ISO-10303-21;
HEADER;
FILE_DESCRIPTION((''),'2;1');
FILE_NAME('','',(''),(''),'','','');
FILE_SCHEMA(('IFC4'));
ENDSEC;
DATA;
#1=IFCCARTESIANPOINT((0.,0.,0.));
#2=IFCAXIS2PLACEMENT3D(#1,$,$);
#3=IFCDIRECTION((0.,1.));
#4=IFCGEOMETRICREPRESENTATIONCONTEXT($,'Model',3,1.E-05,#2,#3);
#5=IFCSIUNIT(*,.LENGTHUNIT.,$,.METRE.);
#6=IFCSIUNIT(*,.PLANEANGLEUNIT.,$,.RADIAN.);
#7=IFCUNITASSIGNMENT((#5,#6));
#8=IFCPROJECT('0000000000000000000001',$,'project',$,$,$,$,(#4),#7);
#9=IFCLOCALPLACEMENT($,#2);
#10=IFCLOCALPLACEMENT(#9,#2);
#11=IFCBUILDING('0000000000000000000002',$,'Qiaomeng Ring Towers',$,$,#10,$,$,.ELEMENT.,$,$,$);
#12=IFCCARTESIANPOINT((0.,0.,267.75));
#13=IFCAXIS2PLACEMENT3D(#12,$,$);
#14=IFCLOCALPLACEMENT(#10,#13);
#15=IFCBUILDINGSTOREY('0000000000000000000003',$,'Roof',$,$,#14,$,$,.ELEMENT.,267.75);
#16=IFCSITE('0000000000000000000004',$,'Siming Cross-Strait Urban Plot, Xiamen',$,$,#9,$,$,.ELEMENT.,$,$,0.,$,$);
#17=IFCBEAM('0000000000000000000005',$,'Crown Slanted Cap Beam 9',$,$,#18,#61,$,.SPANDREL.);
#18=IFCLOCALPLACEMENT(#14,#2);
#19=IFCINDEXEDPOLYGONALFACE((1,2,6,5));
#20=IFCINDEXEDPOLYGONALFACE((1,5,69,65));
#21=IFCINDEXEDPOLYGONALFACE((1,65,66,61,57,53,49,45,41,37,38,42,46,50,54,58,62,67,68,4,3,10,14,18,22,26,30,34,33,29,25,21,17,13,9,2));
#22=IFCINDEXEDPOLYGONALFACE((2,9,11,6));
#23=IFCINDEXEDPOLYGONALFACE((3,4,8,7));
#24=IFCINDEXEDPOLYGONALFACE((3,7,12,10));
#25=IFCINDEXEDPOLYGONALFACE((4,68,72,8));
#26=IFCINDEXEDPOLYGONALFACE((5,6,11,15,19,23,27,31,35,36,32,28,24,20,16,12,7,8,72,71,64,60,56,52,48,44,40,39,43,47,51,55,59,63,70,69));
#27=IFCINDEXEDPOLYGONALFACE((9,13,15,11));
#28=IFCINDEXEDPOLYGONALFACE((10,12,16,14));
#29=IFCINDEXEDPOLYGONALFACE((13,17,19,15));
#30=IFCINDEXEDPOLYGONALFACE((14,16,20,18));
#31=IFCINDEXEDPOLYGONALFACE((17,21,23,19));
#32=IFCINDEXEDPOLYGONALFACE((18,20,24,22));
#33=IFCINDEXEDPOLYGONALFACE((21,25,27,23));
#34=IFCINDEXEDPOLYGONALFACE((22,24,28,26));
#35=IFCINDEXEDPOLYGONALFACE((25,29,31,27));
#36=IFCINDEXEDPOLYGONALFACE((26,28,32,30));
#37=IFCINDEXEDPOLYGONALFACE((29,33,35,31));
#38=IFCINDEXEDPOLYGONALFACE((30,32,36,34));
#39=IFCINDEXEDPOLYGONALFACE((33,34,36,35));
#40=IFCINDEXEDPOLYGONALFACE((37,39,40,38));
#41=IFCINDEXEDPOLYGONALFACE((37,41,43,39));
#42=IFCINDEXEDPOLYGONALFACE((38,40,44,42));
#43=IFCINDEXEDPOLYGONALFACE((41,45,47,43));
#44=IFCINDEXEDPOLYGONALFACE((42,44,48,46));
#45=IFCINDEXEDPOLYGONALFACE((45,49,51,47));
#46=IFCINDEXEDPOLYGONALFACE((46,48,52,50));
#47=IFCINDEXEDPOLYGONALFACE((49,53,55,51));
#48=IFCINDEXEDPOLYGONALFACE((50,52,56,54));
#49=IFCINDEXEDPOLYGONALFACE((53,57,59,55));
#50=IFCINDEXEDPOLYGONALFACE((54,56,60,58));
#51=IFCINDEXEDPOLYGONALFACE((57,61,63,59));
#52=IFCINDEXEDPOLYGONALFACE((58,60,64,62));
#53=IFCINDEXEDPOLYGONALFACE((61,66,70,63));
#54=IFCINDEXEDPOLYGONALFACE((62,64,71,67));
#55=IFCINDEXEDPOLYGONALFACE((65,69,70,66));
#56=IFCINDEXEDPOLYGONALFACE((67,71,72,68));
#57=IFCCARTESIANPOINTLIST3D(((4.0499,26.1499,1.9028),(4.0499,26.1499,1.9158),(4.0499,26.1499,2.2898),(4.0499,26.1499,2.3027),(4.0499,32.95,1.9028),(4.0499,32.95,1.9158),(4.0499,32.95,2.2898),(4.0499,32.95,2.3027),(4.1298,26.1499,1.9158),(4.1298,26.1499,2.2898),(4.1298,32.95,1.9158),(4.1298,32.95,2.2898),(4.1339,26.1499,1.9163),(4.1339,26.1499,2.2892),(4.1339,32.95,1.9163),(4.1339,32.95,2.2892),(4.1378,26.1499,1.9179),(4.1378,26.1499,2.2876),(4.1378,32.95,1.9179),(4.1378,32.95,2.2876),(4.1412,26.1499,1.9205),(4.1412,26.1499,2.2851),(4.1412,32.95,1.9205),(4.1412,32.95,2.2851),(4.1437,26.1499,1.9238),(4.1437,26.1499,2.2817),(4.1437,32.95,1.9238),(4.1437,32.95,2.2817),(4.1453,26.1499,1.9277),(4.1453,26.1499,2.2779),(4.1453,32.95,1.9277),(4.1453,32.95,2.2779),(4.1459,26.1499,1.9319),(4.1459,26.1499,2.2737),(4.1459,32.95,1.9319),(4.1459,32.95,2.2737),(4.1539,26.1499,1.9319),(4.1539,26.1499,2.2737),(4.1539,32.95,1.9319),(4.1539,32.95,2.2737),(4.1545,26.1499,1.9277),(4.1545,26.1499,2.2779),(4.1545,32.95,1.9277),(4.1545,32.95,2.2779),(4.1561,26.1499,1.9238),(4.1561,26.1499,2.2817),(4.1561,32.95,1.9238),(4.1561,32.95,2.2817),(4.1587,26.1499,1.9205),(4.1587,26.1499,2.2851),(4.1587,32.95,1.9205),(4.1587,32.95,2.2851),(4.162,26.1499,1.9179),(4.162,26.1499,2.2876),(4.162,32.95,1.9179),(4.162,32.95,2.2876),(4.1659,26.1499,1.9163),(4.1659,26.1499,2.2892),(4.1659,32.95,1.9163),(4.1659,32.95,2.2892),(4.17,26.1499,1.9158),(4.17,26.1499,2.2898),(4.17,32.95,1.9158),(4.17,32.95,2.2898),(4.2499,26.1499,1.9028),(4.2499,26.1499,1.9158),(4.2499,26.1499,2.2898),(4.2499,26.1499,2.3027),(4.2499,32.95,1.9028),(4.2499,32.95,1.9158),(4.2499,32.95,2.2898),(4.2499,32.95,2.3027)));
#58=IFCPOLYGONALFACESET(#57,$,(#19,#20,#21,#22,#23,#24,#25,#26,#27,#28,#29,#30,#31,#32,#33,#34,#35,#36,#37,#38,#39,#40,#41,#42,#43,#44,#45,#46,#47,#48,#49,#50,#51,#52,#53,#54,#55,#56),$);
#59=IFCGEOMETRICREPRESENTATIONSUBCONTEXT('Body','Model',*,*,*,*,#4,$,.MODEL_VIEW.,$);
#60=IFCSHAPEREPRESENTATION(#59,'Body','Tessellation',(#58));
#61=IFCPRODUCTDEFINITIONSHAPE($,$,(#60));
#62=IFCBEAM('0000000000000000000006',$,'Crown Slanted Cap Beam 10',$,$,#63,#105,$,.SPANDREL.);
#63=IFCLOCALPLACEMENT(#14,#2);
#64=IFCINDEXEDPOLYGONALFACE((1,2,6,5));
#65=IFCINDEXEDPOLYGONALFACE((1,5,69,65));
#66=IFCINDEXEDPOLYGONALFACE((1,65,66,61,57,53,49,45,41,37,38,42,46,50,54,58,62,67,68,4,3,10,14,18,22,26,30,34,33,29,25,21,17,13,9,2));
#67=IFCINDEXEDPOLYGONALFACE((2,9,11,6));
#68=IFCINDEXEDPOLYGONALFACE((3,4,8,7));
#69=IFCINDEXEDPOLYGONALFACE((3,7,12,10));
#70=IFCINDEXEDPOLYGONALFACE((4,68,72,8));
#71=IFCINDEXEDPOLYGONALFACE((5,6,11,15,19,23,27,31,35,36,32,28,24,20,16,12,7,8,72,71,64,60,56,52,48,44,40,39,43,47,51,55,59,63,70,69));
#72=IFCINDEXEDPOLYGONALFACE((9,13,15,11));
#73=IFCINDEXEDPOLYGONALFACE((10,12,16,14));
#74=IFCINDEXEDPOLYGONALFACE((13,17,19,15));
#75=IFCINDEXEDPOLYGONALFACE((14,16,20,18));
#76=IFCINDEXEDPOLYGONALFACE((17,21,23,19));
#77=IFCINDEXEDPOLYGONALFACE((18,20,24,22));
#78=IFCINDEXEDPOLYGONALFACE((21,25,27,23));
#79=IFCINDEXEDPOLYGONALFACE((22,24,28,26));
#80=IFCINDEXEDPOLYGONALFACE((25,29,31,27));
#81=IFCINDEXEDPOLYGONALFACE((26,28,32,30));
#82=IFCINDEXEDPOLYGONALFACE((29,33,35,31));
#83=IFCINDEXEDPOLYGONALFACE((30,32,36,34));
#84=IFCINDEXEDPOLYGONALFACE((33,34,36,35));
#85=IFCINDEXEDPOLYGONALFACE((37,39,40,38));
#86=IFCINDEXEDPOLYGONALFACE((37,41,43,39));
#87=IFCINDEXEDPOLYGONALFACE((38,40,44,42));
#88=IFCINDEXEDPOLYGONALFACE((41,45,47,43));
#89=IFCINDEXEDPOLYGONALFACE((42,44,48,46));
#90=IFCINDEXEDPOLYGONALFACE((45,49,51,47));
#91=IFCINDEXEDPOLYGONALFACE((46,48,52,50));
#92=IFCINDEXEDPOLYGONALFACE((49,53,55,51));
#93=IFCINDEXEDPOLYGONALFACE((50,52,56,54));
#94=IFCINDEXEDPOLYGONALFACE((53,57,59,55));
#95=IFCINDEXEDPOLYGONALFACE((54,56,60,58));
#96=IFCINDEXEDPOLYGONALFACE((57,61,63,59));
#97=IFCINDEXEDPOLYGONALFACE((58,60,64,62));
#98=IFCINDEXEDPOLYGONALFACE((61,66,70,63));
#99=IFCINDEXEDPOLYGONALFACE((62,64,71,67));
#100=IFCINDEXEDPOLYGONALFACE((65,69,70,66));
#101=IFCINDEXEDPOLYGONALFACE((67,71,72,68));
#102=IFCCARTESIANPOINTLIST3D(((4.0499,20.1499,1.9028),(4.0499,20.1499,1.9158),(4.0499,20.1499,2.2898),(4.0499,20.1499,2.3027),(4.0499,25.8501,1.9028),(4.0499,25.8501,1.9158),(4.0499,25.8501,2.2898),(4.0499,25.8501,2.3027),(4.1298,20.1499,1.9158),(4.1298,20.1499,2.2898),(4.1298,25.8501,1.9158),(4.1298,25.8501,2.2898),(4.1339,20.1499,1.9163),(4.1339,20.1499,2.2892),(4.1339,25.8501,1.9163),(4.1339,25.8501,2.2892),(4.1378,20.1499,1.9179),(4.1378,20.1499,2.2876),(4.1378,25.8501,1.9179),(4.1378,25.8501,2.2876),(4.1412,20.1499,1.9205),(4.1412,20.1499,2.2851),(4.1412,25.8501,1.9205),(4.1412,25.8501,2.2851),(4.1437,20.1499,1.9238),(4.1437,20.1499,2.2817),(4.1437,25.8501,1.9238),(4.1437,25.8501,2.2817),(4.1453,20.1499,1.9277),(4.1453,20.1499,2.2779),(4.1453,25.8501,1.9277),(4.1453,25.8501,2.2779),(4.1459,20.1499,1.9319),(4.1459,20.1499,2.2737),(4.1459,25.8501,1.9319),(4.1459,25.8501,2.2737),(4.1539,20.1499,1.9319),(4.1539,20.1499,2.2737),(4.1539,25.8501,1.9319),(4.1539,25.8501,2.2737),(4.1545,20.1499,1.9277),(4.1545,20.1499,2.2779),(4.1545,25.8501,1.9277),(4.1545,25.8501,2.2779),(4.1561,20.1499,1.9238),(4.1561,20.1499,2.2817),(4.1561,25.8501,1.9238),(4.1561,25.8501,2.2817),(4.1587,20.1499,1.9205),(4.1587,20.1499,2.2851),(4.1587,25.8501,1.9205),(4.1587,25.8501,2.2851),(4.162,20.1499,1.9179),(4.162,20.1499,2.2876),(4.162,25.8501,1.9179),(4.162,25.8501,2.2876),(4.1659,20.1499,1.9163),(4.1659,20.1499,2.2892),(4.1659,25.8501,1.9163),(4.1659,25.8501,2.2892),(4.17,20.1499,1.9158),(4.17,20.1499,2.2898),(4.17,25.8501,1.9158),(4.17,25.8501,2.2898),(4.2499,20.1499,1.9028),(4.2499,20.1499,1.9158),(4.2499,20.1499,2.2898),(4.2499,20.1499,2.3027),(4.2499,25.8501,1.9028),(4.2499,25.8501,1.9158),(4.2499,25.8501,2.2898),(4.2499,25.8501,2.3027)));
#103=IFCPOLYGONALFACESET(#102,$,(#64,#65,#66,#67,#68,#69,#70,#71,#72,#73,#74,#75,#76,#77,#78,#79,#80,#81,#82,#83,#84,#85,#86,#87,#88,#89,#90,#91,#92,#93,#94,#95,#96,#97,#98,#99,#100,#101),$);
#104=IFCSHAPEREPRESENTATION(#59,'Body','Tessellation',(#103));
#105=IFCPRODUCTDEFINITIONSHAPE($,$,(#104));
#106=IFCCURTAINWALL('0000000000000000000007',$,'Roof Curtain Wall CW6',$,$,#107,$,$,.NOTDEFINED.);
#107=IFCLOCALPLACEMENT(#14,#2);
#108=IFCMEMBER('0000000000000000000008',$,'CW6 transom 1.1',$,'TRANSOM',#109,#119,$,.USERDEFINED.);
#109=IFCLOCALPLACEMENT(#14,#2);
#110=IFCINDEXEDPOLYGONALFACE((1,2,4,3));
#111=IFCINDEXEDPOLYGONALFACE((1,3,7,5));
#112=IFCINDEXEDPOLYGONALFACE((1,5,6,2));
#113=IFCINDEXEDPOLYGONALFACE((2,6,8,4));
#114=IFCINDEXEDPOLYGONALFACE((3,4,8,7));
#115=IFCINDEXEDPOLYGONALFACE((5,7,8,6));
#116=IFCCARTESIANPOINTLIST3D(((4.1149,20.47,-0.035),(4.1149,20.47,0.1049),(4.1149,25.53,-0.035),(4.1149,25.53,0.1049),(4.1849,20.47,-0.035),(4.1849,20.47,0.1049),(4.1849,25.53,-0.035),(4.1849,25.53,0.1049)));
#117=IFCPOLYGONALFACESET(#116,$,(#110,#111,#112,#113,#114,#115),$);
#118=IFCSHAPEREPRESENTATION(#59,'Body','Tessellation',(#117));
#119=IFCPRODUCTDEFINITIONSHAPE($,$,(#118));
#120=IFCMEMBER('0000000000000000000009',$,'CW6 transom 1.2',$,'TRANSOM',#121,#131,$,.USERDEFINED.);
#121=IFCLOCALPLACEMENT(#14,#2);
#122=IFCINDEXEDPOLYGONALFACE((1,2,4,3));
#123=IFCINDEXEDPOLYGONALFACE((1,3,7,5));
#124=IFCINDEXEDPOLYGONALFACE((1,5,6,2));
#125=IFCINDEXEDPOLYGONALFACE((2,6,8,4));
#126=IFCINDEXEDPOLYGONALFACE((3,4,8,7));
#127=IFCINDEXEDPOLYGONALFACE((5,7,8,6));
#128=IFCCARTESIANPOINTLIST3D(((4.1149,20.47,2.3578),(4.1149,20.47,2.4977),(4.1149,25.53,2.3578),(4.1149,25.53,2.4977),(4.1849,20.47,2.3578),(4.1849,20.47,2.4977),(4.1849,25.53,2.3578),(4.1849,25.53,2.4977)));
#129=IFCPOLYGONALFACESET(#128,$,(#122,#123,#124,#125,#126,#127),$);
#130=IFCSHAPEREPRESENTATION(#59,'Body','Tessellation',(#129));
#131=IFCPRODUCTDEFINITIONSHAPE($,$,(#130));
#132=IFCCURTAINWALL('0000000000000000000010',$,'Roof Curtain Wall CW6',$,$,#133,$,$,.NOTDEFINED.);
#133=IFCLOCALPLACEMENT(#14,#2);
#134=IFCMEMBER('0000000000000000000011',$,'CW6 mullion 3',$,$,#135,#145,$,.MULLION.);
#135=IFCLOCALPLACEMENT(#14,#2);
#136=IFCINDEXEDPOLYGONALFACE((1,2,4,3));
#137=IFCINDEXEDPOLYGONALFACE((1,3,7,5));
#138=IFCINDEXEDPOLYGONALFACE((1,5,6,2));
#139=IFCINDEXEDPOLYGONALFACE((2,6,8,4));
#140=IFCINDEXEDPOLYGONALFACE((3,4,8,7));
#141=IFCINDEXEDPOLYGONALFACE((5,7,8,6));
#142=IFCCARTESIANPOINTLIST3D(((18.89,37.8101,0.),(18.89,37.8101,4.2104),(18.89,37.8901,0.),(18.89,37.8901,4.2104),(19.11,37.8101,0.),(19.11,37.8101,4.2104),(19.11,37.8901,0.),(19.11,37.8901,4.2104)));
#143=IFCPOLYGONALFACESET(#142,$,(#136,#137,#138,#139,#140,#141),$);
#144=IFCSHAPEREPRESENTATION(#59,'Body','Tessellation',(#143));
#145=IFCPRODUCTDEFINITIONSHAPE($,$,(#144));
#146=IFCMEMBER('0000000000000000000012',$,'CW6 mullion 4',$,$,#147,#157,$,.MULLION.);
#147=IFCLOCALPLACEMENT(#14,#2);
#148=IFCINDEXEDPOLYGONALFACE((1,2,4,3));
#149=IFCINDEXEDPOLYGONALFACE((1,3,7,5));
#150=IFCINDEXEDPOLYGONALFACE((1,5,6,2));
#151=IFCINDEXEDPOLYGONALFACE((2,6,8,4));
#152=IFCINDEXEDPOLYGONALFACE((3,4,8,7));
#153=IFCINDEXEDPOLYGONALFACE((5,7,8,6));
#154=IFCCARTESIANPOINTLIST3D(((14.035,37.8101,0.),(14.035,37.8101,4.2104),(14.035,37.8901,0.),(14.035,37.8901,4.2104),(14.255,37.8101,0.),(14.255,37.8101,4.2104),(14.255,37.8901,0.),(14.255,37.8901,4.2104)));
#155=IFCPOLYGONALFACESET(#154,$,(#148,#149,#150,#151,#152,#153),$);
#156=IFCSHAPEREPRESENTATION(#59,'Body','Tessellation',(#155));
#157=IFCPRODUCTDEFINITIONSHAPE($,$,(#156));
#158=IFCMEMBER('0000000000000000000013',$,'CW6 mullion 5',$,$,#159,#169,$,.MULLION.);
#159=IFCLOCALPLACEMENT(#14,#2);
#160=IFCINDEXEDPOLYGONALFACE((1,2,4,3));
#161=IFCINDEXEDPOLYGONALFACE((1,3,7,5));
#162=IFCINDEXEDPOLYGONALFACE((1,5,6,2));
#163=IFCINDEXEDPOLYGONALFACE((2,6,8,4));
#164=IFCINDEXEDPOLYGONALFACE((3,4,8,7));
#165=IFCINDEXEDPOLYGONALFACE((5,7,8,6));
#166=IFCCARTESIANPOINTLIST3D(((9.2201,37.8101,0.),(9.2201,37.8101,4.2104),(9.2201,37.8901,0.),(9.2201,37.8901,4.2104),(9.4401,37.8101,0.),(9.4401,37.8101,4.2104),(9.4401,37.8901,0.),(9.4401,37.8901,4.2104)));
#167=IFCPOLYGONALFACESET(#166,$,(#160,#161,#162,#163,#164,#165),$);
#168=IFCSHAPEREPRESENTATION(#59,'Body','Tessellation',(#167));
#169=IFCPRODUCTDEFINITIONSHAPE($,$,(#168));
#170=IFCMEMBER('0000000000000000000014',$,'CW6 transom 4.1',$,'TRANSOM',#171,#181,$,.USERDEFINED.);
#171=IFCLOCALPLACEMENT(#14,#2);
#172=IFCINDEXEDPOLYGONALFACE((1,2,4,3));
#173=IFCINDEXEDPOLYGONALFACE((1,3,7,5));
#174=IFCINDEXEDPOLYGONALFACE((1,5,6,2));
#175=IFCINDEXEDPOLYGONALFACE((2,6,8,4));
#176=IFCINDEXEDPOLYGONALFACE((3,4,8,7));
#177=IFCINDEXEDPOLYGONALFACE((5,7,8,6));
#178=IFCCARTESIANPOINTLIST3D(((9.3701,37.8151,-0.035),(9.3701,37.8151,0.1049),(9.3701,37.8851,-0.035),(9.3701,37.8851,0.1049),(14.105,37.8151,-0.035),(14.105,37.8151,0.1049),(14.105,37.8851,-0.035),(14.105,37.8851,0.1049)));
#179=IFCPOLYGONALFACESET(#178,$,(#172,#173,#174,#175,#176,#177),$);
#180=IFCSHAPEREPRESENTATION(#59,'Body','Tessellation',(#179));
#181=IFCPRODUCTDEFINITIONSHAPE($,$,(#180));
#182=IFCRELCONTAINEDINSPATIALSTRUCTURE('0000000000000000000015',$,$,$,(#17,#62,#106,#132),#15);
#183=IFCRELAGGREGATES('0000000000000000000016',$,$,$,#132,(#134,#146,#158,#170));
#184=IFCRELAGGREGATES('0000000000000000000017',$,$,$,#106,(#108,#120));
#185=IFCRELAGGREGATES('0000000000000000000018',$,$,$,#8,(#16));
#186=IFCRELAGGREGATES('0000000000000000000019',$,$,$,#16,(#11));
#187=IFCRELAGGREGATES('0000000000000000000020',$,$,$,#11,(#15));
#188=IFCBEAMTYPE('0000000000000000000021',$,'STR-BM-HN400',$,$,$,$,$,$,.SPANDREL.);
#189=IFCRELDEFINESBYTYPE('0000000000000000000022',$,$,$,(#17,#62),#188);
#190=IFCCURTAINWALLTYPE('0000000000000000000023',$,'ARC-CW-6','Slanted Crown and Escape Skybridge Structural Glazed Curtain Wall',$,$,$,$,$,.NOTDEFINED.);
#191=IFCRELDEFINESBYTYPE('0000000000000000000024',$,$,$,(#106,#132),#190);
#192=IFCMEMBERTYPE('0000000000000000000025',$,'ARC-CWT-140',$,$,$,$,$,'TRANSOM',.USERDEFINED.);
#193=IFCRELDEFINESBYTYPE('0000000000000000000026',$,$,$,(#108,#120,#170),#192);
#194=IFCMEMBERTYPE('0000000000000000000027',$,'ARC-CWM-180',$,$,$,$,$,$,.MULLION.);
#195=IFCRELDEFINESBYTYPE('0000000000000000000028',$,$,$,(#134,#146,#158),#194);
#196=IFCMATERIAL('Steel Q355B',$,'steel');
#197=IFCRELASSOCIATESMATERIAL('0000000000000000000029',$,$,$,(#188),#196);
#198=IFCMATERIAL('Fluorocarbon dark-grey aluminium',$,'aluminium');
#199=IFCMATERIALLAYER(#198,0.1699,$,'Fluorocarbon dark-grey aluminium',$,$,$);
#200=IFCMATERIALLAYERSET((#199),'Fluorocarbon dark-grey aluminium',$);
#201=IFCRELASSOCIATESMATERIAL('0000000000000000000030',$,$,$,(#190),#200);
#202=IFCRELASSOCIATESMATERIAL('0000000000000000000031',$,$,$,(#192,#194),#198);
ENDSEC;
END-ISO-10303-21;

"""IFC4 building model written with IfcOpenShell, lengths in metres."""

from ifc_helpers import new_model, si_unit, direction, frame, origin, origin_2d, place, context, subcontext, project, spatial, rectangle, i_section, extrude, source, transform, mapped, material, layer, layer_set, material_profile, profile_set, type_object, element, aggregate, save


model = new_model("IFC4")

# Units and contexts
model_context = context("Model", 3, precision=1e-05, world=origin(), true_north=direction((0.0, 1.0)))
body_context = subcontext(model_context, "Body", "Model", "MODEL_VIEW")
ifc_project = project(units=[si_unit("LENGTHUNIT", "METRE"), si_unit("PLANEANGLEUNIT", "RADIAN")], contexts=[model_context])

# Site, building, storey
site_placement = place(None, origin())
site = spatial("IfcSite", under=ifc_project, at=site_placement, Name="Siming Cross-Strait Urban Plot, Xiamen", CompositionType="ELEMENT", RefElevation=0.0)
building_placement = place(site_placement, origin())
building = spatial("IfcBuilding", under=site, at=building_placement, Name="Qiaomeng Ring Towers", CompositionType="ELEMENT")
storey_placement = place(building_placement, frame((0.0, 0.0, 267.75)))
storey = spatial("IfcBuildingStorey", under=building, at=storey_placement, Name="Roof", CompositionType="ELEMENT", Elevation=267.75)

# Shared definitions
ifc_material_1 = material(Name="Steel Q355B", Category="steel")

# Beams
ifc_material_profile_1 = material_profile(ifc_material_1, i_section(OverallWidth=0.2, OverallDepth=0.3999, WebThickness=0.0081, FlangeThickness=0.0129, FilletRadius=0.0161, at=origin_2d()), Name="HN 400x200x8x13")
ifc_profile_set_1 = profile_set([ifc_material_profile_1], Name="Steel Q355B")
beam_type = type_object("IfcBeamType", Name="STR-BM-HN400", PredefinedType="SPANDREL", material=ifc_profile_set_1)
shared_shape_1 = source(origin(), body_context, "Body", "SweptSolid", [
    extrude(i_section(OverallWidth=0.2, OverallDepth=0.3999, WebThickness=0.0081, FlangeThickness=0.0129, FilletRadius=0.0161, at=origin_2d()), origin(), (0.0, 0.0, 1.0), 6.8),
])
beam_1_placement = place(storey_placement, frame((4.1499, 32.95, 2.1028), z_axis=(0.0, -1.0, 0.0), x_axis=(1.0, 0.0, 0.0)))
element("IfcBeam", 1, at=beam_1_placement, inside=storey, type_object=beam_type, Name="Crown Slanted Cap Beam 9", PredefinedType="SPANDREL", context=body_context, shape_type="MappedRepresentation", body=[
    mapped(shared_shape_1, transform((0.0, 0.0, 0.0), x_axis=(1.0, 0.0, 0.0), y_axis=(0.0, 1.0, 0.0), z_axis=(0.0, 0.0, 1.0), scale=1.0)),
])
shared_shape_2 = source(origin(), body_context, "Body", "SweptSolid", [
    extrude(i_section(OverallWidth=0.2, OverallDepth=0.3999, WebThickness=0.0081, FlangeThickness=0.0129, FilletRadius=0.0161, at=origin_2d()), origin(), (0.0, 0.0, 1.0), 5.7002),
])
beam_2_placement = place(storey_placement, frame((4.1499, 25.8501, 2.1028), z_axis=(0.0, -1.0, 0.0), x_axis=(1.0, 0.0, 0.0)))
element("IfcBeam", 2, at=beam_2_placement, inside=storey, type_object=beam_type, Name="Crown Slanted Cap Beam 10", PredefinedType="SPANDREL", context=body_context, shape_type="MappedRepresentation", body=[
    mapped(shared_shape_2, transform((0.0, 0.0, 0.0), x_axis=(1.0, 0.0, 0.0), y_axis=(0.0, 1.0, 0.0), z_axis=(0.0, 0.0, 1.0), scale=1.0)),
])

# Curtain walls, members
ifc_material_2 = material(Name="Fluorocarbon dark-grey aluminium", Category="aluminium")
ifc_layer_1 = layer(ifc_material_2, 0.1699, Name="Fluorocarbon dark-grey aluminium")
ifc_layer_set_1 = layer_set([ifc_layer_1], Name="Fluorocarbon dark-grey aluminium")
curtain_wall_type = type_object("IfcCurtainWallType", Name="ARC-CW-6", Description="Slanted Crown and Escape Skybridge Structural Glazed Curtain Wall", PredefinedType="NOTDEFINED", material=ifc_layer_set_1)
curtain_wall_1_placement = place(storey_placement, origin())
curtain_wall_1 = element("IfcCurtainWall", 3, at=curtain_wall_1_placement, inside=storey, type_object=curtain_wall_type, Name="Roof Curtain Wall CW6", PredefinedType="NOTDEFINED")
ifc_material_profile_2 = material_profile(ifc_material_2, rectangle(XDim=0.0701, YDim=0.1399, at=origin_2d()), Name="ALU TRAN 70x140")
ifc_profile_set_2 = profile_set([ifc_material_profile_2], Name="Fluorocarbon dark-grey aluminium")
member_type_1 = type_object("IfcMemberType", Name="ARC-CWT-140", ElementType="TRANSOM", PredefinedType="USERDEFINED", material=ifc_profile_set_2)
shared_shape_3 = source(origin(), body_context, "Body", "SweptSolid", [
    extrude(rectangle(XDim=0.0701, YDim=0.1399, at=origin_2d()), origin(), (0.0, 0.0, 1.0), 5.0601),
])
member_1_placement = place(storey_placement, frame((4.1499, 25.53, 0.0349), z_axis=(0.0, -1.0, 0.0), x_axis=(1.0, 0.0, 0.0)))
member_1 = element("IfcMember", 4, at=member_1_placement, type_object=member_type_1, Name="CW6 transom 1.1", ObjectType="TRANSOM", PredefinedType="USERDEFINED", context=body_context, shape_type="MappedRepresentation", body=[
    mapped(shared_shape_3, transform((0.0, 0.0, 0.0), x_axis=(1.0, 0.0, 0.0), y_axis=(0.0, 1.0, 0.0), z_axis=(0.0, 0.0, 1.0), scale=1.0)),
])
member_2_placement = place(storey_placement, frame((4.1499, 25.53, 2.4277), z_axis=(0.0, -1.0, 0.0), x_axis=(1.0, 0.0, 0.0)))
member_2 = element("IfcMember", 5, at=member_2_placement, type_object=member_type_1, Name="CW6 transom 1.2", ObjectType="TRANSOM", PredefinedType="USERDEFINED", context=body_context, shape_type="MappedRepresentation", body=[
    mapped(shared_shape_3, transform((0.0, 0.0, 0.0), x_axis=(1.0, 0.0, 0.0), y_axis=(0.0, 1.0, 0.0), z_axis=(0.0, 0.0, 1.0), scale=1.0)),
])
curtain_wall_2_placement = place(storey_placement, origin())
curtain_wall_2 = element("IfcCurtainWall", 6, at=curtain_wall_2_placement, inside=storey, type_object=curtain_wall_type, Name="Roof Curtain Wall CW6", PredefinedType="NOTDEFINED")
ifc_material_profile_3 = material_profile(ifc_material_2, rectangle(XDim=0.0801, YDim=0.22, at=origin_2d()), Name="ALU MULL 80x220")
ifc_profile_set_3 = profile_set([ifc_material_profile_3], Name="Fluorocarbon dark-grey aluminium")
member_type_2 = type_object("IfcMemberType", Name="ARC-CWM-180", PredefinedType="MULLION", material=ifc_profile_set_3)
shared_shape_4 = source(origin(), body_context, "Body", "SweptSolid", [
    extrude(rectangle(XDim=0.0801, YDim=0.22, at=origin_2d()), origin(), (0.0, 0.0, 1.0), 4.2104),
])
member_3_placement = place(storey_placement, frame((19.0, 37.8501, 0.0), z_axis=(0.0, 0.0, 1.0), x_axis=(0.0, -1.0, 0.0)))
member_3 = element("IfcMember", 7, at=member_3_placement, type_object=member_type_2, Name="CW6 mullion 3", PredefinedType="MULLION", context=body_context, shape_type="MappedRepresentation", body=[
    mapped(shared_shape_4, transform((0.0, 0.0, 0.0), x_axis=(1.0, 0.0, 0.0), y_axis=(0.0, 1.0, 0.0), z_axis=(0.0, 0.0, 1.0), scale=1.0)),
])
member_4_placement = place(storey_placement, frame((14.145, 37.8501, 0.0), z_axis=(0.0, 0.0, 1.0), x_axis=(0.0, -1.0, 0.0)))
member_4 = element("IfcMember", 8, at=member_4_placement, type_object=member_type_2, Name="CW6 mullion 4", PredefinedType="MULLION", context=body_context, shape_type="MappedRepresentation", body=[
    mapped(shared_shape_4, transform((0.0, 0.0, 0.0), x_axis=(1.0, 0.0, 0.0), y_axis=(0.0, 1.0, 0.0), z_axis=(0.0, 0.0, 1.0), scale=1.0)),
])
member_5_placement = place(storey_placement, frame((9.3301, 37.8501, 0.0), z_axis=(0.0, 0.0, 1.0), x_axis=(0.0, -1.0, 0.0)))
member_5 = element("IfcMember", 9, at=member_5_placement, type_object=member_type_2, Name="CW6 mullion 5", PredefinedType="MULLION", context=body_context, shape_type="MappedRepresentation", body=[
    mapped(shared_shape_4, transform((0.0, 0.0, 0.0), x_axis=(1.0, 0.0, 0.0), y_axis=(0.0, 1.0, 0.0), z_axis=(0.0, 0.0, 1.0), scale=1.0)),
])
shared_shape_5 = source(origin(), body_context, "Body", "SweptSolid", [
    extrude(rectangle(XDim=0.0701, YDim=0.1399, at=origin_2d()), origin(), (0.0, 0.0, 1.0), 4.7349),
])
member_6_placement = place(storey_placement, frame((14.105, 37.8501, 0.0349), z_axis=(-1.0, 0.0, 0.0), x_axis=(0.0, -1.0, 0.0)))
member_6 = element("IfcMember", 10, at=member_6_placement, type_object=member_type_1, Name="CW6 transom 4.1", ObjectType="TRANSOM", PredefinedType="USERDEFINED", context=body_context, shape_type="MappedRepresentation", body=[
    mapped(shared_shape_5, transform((0.0, 0.0, 0.0), x_axis=(1.0, 0.0, 0.0), y_axis=(0.0, 1.0, 0.0), z_axis=(0.0, 0.0, 1.0), scale=1.0)),
])

aggregate(curtain_wall_2, [member_3, member_4, member_5, member_6])
aggregate(curtain_wall_1, [member_1, member_2])

save(model, "model.ifc")
